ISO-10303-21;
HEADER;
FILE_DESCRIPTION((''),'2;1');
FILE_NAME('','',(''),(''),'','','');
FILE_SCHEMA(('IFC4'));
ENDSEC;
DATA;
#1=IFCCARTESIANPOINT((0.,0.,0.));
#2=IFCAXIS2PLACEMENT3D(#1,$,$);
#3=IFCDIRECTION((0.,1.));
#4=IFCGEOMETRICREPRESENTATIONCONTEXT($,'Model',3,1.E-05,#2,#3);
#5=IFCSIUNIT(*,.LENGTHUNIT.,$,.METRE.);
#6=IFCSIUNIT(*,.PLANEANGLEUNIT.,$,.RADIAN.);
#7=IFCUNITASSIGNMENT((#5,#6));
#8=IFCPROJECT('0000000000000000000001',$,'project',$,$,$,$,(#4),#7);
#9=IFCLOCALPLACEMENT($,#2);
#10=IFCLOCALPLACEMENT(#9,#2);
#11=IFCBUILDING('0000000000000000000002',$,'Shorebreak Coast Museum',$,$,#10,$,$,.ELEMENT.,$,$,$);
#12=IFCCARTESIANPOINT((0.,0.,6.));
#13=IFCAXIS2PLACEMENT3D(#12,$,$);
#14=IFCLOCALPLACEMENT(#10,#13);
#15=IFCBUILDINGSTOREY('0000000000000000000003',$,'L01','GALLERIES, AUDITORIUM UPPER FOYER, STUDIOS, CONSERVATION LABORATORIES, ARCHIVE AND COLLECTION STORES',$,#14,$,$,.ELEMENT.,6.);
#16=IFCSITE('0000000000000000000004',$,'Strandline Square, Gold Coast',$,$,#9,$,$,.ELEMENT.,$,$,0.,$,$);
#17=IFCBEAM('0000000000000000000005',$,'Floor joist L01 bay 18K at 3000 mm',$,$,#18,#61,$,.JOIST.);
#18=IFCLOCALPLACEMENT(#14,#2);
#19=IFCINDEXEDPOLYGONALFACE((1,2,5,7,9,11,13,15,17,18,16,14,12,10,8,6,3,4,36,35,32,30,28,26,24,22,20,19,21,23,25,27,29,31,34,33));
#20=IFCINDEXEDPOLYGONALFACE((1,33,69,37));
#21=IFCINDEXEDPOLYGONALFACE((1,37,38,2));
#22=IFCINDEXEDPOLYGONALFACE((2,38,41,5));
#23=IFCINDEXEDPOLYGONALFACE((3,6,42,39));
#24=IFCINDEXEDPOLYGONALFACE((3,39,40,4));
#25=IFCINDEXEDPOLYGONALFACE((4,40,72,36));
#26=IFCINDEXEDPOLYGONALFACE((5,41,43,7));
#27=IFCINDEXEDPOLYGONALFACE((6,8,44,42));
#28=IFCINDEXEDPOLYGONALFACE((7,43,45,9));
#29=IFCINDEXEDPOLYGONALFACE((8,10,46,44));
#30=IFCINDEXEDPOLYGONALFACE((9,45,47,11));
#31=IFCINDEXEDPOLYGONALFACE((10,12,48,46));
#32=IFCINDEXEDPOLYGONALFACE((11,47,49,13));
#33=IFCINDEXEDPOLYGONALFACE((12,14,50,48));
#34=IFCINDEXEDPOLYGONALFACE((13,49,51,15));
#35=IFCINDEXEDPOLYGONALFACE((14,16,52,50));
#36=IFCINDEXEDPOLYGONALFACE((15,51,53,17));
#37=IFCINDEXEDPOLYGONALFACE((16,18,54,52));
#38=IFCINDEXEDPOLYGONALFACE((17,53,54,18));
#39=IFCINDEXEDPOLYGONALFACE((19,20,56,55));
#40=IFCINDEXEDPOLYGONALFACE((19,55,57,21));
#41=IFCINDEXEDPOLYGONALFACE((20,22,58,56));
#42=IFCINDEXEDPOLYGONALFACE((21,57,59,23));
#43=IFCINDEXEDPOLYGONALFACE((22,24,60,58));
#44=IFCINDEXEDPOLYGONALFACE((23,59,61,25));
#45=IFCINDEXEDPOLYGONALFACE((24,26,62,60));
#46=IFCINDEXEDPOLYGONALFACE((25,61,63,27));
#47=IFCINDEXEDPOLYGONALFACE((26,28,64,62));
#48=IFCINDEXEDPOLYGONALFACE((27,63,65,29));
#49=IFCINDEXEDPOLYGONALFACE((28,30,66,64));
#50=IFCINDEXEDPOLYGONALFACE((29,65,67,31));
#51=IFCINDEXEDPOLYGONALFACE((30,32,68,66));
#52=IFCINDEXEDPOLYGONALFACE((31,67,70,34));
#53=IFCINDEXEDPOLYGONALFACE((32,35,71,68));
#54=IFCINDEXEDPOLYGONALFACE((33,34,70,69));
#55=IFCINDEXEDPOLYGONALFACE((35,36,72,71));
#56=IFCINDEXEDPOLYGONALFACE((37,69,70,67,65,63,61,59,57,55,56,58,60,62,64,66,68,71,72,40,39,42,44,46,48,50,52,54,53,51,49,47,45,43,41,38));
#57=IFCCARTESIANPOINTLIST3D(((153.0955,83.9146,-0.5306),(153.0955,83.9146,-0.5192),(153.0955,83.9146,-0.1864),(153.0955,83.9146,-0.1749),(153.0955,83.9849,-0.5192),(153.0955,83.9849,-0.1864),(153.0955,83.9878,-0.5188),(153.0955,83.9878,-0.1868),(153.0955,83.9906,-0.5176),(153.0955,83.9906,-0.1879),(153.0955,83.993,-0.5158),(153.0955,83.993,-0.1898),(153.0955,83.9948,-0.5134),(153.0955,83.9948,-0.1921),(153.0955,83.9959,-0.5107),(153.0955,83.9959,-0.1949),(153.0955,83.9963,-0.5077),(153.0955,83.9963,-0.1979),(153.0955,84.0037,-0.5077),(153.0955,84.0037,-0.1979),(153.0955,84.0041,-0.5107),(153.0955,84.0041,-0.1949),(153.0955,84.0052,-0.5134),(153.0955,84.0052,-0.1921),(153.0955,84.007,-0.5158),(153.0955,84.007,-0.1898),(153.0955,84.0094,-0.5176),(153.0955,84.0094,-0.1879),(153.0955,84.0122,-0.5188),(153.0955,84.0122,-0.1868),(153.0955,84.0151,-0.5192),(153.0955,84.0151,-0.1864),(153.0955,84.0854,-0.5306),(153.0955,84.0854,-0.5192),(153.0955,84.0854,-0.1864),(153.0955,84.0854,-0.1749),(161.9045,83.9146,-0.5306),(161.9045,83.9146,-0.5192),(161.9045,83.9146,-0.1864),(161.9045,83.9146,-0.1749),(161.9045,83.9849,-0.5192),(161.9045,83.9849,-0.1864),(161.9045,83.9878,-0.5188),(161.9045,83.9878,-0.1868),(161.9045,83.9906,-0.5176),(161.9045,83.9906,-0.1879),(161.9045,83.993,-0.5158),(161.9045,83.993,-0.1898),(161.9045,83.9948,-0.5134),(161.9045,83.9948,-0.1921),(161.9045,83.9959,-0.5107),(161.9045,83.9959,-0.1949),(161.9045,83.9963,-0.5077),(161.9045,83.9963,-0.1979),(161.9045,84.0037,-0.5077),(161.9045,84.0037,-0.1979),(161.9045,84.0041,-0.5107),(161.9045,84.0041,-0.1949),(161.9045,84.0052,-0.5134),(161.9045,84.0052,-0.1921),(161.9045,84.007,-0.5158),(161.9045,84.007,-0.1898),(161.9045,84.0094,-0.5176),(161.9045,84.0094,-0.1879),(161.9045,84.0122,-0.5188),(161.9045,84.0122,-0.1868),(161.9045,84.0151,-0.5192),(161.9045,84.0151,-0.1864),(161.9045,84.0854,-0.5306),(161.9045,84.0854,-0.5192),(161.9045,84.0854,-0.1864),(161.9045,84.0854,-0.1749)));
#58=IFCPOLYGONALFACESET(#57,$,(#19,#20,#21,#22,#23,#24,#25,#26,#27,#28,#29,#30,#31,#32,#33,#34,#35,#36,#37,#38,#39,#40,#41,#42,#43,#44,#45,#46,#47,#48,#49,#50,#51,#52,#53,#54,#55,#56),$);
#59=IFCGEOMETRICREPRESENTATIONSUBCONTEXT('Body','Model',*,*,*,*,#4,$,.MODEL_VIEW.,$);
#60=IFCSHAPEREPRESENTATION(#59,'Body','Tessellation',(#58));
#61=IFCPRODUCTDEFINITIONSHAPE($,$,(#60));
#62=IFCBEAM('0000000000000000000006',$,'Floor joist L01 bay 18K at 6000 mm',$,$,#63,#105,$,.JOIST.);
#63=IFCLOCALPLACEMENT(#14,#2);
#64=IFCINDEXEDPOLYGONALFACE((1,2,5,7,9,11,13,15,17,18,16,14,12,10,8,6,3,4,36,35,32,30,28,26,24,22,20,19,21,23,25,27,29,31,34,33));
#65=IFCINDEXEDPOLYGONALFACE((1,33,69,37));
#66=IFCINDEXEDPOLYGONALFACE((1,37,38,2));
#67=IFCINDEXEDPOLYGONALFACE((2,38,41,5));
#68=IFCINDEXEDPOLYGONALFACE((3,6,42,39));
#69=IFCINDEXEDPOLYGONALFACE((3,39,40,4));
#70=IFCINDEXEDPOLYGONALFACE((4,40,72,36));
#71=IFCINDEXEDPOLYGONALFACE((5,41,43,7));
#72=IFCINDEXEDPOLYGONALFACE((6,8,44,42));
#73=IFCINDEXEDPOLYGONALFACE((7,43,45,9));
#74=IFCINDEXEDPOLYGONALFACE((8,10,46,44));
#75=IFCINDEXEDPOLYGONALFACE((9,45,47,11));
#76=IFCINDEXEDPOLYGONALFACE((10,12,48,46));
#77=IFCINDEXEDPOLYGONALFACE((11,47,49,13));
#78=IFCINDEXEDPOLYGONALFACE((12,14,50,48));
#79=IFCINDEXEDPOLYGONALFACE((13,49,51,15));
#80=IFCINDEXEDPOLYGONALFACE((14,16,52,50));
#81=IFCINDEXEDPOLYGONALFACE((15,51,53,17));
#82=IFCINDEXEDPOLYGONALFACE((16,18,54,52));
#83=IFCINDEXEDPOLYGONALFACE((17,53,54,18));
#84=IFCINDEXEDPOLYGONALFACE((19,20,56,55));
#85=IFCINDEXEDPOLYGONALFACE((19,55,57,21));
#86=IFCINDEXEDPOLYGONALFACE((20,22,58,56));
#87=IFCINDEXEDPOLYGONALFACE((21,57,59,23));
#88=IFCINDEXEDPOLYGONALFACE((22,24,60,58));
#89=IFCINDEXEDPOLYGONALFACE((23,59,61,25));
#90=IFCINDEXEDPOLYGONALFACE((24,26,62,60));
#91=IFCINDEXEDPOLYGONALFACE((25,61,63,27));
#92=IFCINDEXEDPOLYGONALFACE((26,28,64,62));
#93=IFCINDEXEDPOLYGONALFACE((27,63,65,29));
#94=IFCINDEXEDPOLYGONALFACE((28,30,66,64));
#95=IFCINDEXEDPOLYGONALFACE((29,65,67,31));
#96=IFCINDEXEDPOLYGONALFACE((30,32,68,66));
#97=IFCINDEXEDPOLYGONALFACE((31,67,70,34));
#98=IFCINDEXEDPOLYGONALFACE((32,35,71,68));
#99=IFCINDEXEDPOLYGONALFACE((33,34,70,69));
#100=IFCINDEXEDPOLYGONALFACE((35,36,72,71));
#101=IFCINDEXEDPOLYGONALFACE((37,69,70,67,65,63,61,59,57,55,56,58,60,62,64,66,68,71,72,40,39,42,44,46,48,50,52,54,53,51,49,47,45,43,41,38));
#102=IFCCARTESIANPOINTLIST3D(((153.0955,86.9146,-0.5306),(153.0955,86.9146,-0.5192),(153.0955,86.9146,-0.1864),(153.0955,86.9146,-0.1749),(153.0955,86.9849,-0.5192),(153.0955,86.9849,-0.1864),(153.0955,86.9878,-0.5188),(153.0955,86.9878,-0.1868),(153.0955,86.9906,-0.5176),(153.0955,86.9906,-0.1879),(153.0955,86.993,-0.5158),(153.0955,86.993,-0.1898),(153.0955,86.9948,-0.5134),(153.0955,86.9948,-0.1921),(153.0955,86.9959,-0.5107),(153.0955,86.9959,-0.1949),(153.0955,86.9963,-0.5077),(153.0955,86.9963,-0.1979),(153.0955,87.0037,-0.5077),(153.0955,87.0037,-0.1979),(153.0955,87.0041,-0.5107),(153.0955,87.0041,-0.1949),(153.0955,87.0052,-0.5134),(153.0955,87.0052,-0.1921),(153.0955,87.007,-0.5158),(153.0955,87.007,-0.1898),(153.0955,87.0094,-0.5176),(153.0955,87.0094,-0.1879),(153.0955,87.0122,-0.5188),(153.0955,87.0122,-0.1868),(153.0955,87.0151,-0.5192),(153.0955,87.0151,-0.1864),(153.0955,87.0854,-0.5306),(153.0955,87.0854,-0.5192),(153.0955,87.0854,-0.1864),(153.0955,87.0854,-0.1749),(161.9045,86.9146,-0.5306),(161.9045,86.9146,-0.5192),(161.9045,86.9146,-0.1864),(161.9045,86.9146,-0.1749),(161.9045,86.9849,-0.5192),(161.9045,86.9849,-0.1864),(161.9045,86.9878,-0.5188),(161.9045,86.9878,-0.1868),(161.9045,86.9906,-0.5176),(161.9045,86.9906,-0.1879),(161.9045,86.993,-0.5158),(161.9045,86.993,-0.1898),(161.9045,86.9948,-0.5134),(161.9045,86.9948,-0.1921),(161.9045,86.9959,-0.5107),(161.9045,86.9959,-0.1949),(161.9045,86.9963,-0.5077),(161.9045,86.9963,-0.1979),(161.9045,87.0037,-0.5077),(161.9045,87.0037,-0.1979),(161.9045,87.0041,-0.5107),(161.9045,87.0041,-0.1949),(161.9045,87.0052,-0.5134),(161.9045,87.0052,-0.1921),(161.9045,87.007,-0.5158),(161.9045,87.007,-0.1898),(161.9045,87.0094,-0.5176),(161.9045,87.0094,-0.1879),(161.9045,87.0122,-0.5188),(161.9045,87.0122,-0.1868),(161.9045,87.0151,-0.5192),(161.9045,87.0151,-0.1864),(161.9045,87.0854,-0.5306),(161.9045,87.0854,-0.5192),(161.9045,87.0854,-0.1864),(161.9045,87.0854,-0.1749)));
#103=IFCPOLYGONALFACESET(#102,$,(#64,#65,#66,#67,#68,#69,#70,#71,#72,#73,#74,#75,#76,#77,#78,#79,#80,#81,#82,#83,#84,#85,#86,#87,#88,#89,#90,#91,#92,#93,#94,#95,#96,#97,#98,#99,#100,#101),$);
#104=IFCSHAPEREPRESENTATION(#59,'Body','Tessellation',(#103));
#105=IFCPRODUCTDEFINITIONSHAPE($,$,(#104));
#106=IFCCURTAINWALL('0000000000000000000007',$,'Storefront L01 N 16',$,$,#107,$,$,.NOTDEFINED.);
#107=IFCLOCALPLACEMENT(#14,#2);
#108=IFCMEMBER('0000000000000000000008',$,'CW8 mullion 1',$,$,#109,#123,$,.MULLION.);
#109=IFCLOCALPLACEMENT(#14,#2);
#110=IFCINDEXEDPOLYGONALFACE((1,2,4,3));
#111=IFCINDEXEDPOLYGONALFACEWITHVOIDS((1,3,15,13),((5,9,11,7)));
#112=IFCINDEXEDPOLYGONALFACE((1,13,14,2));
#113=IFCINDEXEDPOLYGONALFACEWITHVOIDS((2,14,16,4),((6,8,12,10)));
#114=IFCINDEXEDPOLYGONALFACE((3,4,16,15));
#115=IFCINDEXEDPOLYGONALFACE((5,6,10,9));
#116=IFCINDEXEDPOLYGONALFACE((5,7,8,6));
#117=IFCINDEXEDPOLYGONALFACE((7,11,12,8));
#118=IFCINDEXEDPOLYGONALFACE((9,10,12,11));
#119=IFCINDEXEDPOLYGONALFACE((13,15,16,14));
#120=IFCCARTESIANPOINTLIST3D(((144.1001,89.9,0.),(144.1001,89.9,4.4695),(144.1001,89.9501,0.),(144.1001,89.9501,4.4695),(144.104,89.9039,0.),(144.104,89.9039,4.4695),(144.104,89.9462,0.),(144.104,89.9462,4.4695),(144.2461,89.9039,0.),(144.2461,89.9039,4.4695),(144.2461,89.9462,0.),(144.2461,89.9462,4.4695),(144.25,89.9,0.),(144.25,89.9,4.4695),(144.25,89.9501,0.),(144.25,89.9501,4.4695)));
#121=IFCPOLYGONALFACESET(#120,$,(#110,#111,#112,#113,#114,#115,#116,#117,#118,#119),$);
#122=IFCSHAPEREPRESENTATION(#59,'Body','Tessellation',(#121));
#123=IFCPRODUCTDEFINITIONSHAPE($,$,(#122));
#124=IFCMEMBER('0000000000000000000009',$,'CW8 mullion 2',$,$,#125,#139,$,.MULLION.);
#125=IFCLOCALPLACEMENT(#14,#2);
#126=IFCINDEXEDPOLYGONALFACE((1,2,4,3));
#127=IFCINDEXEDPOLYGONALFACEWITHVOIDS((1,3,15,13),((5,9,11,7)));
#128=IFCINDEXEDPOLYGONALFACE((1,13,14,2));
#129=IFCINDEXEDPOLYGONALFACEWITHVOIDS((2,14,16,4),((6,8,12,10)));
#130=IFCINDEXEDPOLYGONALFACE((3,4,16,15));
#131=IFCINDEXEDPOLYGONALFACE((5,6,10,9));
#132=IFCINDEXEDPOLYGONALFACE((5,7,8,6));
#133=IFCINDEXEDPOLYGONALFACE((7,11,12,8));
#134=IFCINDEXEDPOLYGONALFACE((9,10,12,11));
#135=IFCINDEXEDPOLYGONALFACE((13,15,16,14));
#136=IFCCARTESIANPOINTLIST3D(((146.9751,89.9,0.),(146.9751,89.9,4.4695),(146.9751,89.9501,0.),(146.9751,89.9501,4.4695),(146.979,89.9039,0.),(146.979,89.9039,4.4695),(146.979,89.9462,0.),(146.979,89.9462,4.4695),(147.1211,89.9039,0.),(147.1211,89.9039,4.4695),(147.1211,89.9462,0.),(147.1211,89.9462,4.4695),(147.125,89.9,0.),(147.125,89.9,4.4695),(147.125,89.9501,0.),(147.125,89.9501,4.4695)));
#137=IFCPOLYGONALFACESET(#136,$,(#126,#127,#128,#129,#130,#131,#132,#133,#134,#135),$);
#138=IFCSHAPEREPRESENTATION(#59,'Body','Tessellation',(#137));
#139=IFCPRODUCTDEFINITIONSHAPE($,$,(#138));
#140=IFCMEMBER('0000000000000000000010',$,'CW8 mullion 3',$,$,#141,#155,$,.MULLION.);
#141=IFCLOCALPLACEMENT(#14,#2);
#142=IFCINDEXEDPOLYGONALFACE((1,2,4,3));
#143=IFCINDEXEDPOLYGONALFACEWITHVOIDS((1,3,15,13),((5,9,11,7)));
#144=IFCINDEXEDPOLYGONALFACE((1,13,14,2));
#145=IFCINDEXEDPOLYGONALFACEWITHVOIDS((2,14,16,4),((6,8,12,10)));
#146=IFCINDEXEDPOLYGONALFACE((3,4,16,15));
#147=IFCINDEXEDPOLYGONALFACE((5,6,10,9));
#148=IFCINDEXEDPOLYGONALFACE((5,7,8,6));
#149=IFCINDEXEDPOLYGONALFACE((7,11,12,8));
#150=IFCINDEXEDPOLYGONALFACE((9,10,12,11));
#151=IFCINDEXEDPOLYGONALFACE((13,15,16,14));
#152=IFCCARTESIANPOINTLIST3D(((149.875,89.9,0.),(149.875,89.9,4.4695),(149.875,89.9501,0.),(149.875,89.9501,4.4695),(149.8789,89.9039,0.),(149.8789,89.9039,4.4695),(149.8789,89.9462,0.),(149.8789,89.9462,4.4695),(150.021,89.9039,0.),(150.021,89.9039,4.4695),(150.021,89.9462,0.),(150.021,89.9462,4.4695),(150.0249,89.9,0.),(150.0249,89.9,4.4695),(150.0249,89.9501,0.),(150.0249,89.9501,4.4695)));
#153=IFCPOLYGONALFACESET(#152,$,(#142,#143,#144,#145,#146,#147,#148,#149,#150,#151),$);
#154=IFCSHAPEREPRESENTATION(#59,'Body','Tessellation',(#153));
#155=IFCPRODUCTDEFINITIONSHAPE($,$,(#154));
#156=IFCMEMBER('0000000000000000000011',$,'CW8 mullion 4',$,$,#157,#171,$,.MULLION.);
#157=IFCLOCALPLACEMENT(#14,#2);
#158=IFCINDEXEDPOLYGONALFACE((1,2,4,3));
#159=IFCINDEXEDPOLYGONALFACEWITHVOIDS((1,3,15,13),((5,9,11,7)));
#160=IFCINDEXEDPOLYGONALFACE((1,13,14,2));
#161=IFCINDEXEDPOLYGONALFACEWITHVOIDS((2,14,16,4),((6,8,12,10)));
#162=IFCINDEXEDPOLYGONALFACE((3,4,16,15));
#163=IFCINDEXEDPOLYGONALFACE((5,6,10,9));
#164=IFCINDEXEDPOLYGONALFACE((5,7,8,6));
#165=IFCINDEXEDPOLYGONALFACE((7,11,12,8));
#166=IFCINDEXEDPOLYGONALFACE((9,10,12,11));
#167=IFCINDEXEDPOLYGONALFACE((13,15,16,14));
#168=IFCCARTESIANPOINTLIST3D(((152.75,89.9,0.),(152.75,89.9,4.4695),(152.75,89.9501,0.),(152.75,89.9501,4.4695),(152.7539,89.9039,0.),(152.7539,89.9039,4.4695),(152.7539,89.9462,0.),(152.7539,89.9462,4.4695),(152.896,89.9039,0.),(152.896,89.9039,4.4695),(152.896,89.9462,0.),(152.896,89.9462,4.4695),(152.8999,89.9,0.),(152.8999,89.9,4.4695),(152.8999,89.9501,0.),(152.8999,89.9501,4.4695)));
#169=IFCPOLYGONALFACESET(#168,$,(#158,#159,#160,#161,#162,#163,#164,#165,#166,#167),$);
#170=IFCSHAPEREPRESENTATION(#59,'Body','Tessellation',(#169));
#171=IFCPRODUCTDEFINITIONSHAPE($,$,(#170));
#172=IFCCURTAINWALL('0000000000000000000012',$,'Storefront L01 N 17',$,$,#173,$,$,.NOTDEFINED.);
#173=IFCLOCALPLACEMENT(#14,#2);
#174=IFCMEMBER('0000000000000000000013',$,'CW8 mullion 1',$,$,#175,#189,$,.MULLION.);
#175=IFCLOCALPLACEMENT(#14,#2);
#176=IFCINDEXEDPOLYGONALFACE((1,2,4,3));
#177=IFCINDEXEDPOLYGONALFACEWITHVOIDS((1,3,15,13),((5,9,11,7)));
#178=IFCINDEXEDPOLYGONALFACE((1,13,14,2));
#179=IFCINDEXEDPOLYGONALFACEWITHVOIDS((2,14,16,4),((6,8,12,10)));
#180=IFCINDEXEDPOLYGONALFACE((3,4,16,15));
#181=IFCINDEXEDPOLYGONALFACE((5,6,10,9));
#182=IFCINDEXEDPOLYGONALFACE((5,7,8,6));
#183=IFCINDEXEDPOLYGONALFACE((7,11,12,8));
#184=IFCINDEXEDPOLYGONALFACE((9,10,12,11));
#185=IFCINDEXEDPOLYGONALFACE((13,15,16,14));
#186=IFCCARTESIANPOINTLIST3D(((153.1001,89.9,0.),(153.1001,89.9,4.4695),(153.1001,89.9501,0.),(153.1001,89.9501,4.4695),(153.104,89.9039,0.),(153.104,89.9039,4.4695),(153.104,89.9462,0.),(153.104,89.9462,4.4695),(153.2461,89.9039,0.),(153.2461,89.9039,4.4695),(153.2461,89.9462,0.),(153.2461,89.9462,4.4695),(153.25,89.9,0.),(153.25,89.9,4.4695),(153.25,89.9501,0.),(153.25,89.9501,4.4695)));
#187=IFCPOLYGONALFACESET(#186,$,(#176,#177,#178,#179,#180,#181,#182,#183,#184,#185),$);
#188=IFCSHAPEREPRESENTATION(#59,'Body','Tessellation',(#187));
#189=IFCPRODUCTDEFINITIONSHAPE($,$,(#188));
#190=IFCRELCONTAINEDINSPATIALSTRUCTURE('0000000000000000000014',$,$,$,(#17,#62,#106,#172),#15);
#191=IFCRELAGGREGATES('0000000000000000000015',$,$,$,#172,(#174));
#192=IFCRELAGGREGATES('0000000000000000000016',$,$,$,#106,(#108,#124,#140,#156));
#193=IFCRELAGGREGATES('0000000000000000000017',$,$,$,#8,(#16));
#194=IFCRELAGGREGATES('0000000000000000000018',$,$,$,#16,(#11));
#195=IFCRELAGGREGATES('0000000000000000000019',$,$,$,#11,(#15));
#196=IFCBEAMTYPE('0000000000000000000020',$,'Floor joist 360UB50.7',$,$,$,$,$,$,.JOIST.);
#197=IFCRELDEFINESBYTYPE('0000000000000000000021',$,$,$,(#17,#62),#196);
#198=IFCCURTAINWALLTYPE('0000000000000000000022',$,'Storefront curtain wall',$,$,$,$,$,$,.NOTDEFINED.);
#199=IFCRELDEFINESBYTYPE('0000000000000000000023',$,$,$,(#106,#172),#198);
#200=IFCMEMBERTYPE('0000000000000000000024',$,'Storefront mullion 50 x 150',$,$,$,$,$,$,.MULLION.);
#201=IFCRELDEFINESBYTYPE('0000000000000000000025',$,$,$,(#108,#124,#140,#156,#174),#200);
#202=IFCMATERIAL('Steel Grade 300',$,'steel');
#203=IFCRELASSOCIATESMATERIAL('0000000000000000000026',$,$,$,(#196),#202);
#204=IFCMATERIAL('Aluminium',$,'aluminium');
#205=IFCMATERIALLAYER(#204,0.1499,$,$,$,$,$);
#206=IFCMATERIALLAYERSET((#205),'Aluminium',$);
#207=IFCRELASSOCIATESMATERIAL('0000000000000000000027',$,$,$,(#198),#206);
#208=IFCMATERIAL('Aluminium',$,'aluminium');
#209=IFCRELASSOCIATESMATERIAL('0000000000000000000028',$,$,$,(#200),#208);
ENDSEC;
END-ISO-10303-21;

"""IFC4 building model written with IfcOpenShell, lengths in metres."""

from ifc_helpers import new_model, si_unit, direction, frame, origin, origin_2d, place, context, subcontext, project, spatial, hollow_rectangle, i_section, extrude, material, layer, layer_set, material_profile, profile_set, type_object, element, aggregate, save


model = new_model("IFC4")

# Units and contexts
model_context = context("Model", 3, precision=1e-05, world=origin(), true_north=direction((0.0, 1.0)))
body_context = subcontext(model_context, "Body", "Model", "MODEL_VIEW")
ifc_project = project(units=[si_unit("LENGTHUNIT", "METRE"), si_unit("PLANEANGLEUNIT", "RADIAN")], contexts=[model_context])

# Site, building, storey
site_placement = place(None, origin())
site = spatial("IfcSite", under=ifc_project, at=site_placement, Name="Strandline Square, Gold Coast", CompositionType="ELEMENT", RefElevation=0.0)
building_placement = place(site_placement, origin())
building = spatial("IfcBuilding", under=site, at=building_placement, Name="Shorebreak Coast Museum", CompositionType="ELEMENT")
storey_placement = place(building_placement, frame((0.0, 0.0, 6.0)))
storey = spatial("IfcBuildingStorey", under=building, at=storey_placement, Name="L01", Description="GALLERIES, AUDITORIUM UPPER FOYER, STUDIOS, CONSERVATION LABORATORIES, ARCHIVE AND COLLECTION STORES", CompositionType="ELEMENT", Elevation=6.0)

# Beams
ifc_material_1 = material(Name="Steel Grade 300", Category="steel")
ifc_material_profile_1 = material_profile(ifc_material_1, i_section(OverallWidth=0.1709, OverallDepth=0.3557, WebThickness=0.0073, FlangeThickness=0.0115, FilletRadius=0.0115, at=origin_2d()), Name="360UB50.7")
ifc_profile_set_1 = profile_set([ifc_material_profile_1], Name="Steel Grade 300")
beam_type_1 = type_object("IfcBeamType", Name="Floor joist 360UB50.7", PredefinedType="JOIST", material=ifc_profile_set_1)
for number, where, z_axis, x_axis, name in (
    (1, (153.0955, 84.0, -0.3528), (1.0, 0.0, 0.0), (0.0, 1.0, 0.0), "Floor joist L01 bay 18K at 3000 mm"),
    (2, (153.0955, 87.0, -0.3528), (1.0, 0.0, 0.0), (0.0, 1.0, 0.0), "Floor joist L01 bay 18K at 6000 mm"),
):
    element("IfcBeam", number, at=place(storey_placement, frame(where, z_axis=z_axis, x_axis=x_axis)), inside=storey, type_object=beam_type_1, Name=name, PredefinedType="JOIST", context=body_context, shape_type="SweptSolid", body=[
        extrude(i_section(OverallWidth=0.1709, OverallDepth=0.3557, WebThickness=0.0073, FlangeThickness=0.0115, FilletRadius=0.0115, at=origin_2d()), origin(), (0.0, 0.0, 1.0), 8.8091),
    ])

# Curtain wall, members
ifc_material_2 = material(Name="Aluminium", Category="aluminium")
ifc_layer_1 = layer(ifc_material_2, 0.1499)
ifc_layer_set_1 = layer_set([ifc_layer_1], Name="Aluminium")
curtain_wall_type = type_object("IfcCurtainWallType", Name="Storefront curtain wall", PredefinedType="NOTDEFINED", material=ifc_layer_set_1)
curtain_wall_1_placement = place(storey_placement, origin())
curtain_wall_1 = element("IfcCurtainWall", 3, at=curtain_wall_1_placement, inside=storey, type_object=curtain_wall_type, Name="Storefront L01 N 16", PredefinedType="NOTDEFINED")
ifc_material_3 = material(Name="Aluminium", Category="aluminium")
ifc_material_profile_2 = material_profile(ifc_material_3, hollow_rectangle(XDim=0.05, YDim=0.1499, WallThickness=0.0039, at=origin_2d()), Name="AL 150x50 RHS")
ifc_profile_set_2 = profile_set([ifc_material_profile_2], Name="Aluminium")
member_type_1 = type_object("IfcMemberType", Name="Storefront mullion 50 x 150", PredefinedType="MULLION", material=ifc_profile_set_2)
member_1_placement = place(storey_placement, frame((144.175, 89.925, 0.0), z_axis=(0.0, 0.0, 1.0), x_axis=(0.0, 1.0, 0.0)))
member_1 = element("IfcMember", 4, at=member_1_placement, type_object=member_type_1, Name="CW8 mullion 1", PredefinedType="MULLION", context=body_context, shape_type="SweptSolid", body=[
    extrude(hollow_rectangle(XDim=0.05, YDim=0.1499, WallThickness=0.0039, at=origin_2d()), origin(), (0.0, 0.0, 1.0), 4.4695),
])
member_2_placement = place(storey_placement, frame((147.05, 89.925, 0.0), z_axis=(0.0, 0.0, 1.0), x_axis=(0.0, 1.0, 0.0)))
member_2 = element("IfcMember", 5, at=member_2_placement, type_object=member_type_1, Name="CW8 mullion 2", PredefinedType="MULLION", context=body_context, shape_type="SweptSolid", body=[
    extrude(hollow_rectangle(XDim=0.05, YDim=0.1499, WallThickness=0.0039, at=origin_2d()), origin(), (0.0, 0.0, 1.0), 4.4695),
])
member_3_placement = place(storey_placement, frame((149.95, 89.925, 0.0), z_axis=(0.0, 0.0, 1.0), x_axis=(0.0, 1.0, 0.0)))
member_3 = element("IfcMember", 6, at=member_3_placement, type_object=member_type_1, Name="CW8 mullion 3", PredefinedType="MULLION", context=body_context, shape_type="SweptSolid", body=[
    extrude(hollow_rectangle(XDim=0.05, YDim=0.1499, WallThickness=0.0039, at=origin_2d()), origin(), (0.0, 0.0, 1.0), 4.4695),
])
member_4_placement = place(storey_placement, frame((152.825, 89.925, 0.0), z_axis=(0.0, 0.0, 1.0), x_axis=(0.0, 1.0, 0.0)))
member_4 = element("IfcMember", 7, at=member_4_placement, type_object=member_type_1, Name="CW8 mullion 4", PredefinedType="MULLION", context=body_context, shape_type="SweptSolid", body=[
    extrude(hollow_rectangle(XDim=0.05, YDim=0.1499, WallThickness=0.0039, at=origin_2d()), origin(), (0.0, 0.0, 1.0), 4.4695),
])

# Curtain wall, member
curtain_wall_2_placement = place(storey_placement, origin())
curtain_wall_2 = element("IfcCurtainWall", 8, at=curtain_wall_2_placement, inside=storey, type_object=curtain_wall_type, Name="Storefront L01 N 17", PredefinedType="NOTDEFINED")
member_5_placement = place(storey_placement, frame((153.175, 89.925, 0.0), z_axis=(0.0, 0.0, 1.0), x_axis=(0.0, 1.0, 0.0)))
member_5 = element("IfcMember", 9, at=member_5_placement, type_object=member_type_1, Name="CW8 mullion 1", PredefinedType="MULLION", context=body_context, shape_type="SweptSolid", body=[
    extrude(hollow_rectangle(XDim=0.05, YDim=0.1499, WallThickness=0.0039, at=origin_2d()), origin(), (0.0, 0.0, 1.0), 4.4695),
])
aggregate(curtain_wall_2, [member_5])

aggregate(curtain_wall_1, [member_1, member_2, member_3, member_4])

save(model, "model.ifc")
